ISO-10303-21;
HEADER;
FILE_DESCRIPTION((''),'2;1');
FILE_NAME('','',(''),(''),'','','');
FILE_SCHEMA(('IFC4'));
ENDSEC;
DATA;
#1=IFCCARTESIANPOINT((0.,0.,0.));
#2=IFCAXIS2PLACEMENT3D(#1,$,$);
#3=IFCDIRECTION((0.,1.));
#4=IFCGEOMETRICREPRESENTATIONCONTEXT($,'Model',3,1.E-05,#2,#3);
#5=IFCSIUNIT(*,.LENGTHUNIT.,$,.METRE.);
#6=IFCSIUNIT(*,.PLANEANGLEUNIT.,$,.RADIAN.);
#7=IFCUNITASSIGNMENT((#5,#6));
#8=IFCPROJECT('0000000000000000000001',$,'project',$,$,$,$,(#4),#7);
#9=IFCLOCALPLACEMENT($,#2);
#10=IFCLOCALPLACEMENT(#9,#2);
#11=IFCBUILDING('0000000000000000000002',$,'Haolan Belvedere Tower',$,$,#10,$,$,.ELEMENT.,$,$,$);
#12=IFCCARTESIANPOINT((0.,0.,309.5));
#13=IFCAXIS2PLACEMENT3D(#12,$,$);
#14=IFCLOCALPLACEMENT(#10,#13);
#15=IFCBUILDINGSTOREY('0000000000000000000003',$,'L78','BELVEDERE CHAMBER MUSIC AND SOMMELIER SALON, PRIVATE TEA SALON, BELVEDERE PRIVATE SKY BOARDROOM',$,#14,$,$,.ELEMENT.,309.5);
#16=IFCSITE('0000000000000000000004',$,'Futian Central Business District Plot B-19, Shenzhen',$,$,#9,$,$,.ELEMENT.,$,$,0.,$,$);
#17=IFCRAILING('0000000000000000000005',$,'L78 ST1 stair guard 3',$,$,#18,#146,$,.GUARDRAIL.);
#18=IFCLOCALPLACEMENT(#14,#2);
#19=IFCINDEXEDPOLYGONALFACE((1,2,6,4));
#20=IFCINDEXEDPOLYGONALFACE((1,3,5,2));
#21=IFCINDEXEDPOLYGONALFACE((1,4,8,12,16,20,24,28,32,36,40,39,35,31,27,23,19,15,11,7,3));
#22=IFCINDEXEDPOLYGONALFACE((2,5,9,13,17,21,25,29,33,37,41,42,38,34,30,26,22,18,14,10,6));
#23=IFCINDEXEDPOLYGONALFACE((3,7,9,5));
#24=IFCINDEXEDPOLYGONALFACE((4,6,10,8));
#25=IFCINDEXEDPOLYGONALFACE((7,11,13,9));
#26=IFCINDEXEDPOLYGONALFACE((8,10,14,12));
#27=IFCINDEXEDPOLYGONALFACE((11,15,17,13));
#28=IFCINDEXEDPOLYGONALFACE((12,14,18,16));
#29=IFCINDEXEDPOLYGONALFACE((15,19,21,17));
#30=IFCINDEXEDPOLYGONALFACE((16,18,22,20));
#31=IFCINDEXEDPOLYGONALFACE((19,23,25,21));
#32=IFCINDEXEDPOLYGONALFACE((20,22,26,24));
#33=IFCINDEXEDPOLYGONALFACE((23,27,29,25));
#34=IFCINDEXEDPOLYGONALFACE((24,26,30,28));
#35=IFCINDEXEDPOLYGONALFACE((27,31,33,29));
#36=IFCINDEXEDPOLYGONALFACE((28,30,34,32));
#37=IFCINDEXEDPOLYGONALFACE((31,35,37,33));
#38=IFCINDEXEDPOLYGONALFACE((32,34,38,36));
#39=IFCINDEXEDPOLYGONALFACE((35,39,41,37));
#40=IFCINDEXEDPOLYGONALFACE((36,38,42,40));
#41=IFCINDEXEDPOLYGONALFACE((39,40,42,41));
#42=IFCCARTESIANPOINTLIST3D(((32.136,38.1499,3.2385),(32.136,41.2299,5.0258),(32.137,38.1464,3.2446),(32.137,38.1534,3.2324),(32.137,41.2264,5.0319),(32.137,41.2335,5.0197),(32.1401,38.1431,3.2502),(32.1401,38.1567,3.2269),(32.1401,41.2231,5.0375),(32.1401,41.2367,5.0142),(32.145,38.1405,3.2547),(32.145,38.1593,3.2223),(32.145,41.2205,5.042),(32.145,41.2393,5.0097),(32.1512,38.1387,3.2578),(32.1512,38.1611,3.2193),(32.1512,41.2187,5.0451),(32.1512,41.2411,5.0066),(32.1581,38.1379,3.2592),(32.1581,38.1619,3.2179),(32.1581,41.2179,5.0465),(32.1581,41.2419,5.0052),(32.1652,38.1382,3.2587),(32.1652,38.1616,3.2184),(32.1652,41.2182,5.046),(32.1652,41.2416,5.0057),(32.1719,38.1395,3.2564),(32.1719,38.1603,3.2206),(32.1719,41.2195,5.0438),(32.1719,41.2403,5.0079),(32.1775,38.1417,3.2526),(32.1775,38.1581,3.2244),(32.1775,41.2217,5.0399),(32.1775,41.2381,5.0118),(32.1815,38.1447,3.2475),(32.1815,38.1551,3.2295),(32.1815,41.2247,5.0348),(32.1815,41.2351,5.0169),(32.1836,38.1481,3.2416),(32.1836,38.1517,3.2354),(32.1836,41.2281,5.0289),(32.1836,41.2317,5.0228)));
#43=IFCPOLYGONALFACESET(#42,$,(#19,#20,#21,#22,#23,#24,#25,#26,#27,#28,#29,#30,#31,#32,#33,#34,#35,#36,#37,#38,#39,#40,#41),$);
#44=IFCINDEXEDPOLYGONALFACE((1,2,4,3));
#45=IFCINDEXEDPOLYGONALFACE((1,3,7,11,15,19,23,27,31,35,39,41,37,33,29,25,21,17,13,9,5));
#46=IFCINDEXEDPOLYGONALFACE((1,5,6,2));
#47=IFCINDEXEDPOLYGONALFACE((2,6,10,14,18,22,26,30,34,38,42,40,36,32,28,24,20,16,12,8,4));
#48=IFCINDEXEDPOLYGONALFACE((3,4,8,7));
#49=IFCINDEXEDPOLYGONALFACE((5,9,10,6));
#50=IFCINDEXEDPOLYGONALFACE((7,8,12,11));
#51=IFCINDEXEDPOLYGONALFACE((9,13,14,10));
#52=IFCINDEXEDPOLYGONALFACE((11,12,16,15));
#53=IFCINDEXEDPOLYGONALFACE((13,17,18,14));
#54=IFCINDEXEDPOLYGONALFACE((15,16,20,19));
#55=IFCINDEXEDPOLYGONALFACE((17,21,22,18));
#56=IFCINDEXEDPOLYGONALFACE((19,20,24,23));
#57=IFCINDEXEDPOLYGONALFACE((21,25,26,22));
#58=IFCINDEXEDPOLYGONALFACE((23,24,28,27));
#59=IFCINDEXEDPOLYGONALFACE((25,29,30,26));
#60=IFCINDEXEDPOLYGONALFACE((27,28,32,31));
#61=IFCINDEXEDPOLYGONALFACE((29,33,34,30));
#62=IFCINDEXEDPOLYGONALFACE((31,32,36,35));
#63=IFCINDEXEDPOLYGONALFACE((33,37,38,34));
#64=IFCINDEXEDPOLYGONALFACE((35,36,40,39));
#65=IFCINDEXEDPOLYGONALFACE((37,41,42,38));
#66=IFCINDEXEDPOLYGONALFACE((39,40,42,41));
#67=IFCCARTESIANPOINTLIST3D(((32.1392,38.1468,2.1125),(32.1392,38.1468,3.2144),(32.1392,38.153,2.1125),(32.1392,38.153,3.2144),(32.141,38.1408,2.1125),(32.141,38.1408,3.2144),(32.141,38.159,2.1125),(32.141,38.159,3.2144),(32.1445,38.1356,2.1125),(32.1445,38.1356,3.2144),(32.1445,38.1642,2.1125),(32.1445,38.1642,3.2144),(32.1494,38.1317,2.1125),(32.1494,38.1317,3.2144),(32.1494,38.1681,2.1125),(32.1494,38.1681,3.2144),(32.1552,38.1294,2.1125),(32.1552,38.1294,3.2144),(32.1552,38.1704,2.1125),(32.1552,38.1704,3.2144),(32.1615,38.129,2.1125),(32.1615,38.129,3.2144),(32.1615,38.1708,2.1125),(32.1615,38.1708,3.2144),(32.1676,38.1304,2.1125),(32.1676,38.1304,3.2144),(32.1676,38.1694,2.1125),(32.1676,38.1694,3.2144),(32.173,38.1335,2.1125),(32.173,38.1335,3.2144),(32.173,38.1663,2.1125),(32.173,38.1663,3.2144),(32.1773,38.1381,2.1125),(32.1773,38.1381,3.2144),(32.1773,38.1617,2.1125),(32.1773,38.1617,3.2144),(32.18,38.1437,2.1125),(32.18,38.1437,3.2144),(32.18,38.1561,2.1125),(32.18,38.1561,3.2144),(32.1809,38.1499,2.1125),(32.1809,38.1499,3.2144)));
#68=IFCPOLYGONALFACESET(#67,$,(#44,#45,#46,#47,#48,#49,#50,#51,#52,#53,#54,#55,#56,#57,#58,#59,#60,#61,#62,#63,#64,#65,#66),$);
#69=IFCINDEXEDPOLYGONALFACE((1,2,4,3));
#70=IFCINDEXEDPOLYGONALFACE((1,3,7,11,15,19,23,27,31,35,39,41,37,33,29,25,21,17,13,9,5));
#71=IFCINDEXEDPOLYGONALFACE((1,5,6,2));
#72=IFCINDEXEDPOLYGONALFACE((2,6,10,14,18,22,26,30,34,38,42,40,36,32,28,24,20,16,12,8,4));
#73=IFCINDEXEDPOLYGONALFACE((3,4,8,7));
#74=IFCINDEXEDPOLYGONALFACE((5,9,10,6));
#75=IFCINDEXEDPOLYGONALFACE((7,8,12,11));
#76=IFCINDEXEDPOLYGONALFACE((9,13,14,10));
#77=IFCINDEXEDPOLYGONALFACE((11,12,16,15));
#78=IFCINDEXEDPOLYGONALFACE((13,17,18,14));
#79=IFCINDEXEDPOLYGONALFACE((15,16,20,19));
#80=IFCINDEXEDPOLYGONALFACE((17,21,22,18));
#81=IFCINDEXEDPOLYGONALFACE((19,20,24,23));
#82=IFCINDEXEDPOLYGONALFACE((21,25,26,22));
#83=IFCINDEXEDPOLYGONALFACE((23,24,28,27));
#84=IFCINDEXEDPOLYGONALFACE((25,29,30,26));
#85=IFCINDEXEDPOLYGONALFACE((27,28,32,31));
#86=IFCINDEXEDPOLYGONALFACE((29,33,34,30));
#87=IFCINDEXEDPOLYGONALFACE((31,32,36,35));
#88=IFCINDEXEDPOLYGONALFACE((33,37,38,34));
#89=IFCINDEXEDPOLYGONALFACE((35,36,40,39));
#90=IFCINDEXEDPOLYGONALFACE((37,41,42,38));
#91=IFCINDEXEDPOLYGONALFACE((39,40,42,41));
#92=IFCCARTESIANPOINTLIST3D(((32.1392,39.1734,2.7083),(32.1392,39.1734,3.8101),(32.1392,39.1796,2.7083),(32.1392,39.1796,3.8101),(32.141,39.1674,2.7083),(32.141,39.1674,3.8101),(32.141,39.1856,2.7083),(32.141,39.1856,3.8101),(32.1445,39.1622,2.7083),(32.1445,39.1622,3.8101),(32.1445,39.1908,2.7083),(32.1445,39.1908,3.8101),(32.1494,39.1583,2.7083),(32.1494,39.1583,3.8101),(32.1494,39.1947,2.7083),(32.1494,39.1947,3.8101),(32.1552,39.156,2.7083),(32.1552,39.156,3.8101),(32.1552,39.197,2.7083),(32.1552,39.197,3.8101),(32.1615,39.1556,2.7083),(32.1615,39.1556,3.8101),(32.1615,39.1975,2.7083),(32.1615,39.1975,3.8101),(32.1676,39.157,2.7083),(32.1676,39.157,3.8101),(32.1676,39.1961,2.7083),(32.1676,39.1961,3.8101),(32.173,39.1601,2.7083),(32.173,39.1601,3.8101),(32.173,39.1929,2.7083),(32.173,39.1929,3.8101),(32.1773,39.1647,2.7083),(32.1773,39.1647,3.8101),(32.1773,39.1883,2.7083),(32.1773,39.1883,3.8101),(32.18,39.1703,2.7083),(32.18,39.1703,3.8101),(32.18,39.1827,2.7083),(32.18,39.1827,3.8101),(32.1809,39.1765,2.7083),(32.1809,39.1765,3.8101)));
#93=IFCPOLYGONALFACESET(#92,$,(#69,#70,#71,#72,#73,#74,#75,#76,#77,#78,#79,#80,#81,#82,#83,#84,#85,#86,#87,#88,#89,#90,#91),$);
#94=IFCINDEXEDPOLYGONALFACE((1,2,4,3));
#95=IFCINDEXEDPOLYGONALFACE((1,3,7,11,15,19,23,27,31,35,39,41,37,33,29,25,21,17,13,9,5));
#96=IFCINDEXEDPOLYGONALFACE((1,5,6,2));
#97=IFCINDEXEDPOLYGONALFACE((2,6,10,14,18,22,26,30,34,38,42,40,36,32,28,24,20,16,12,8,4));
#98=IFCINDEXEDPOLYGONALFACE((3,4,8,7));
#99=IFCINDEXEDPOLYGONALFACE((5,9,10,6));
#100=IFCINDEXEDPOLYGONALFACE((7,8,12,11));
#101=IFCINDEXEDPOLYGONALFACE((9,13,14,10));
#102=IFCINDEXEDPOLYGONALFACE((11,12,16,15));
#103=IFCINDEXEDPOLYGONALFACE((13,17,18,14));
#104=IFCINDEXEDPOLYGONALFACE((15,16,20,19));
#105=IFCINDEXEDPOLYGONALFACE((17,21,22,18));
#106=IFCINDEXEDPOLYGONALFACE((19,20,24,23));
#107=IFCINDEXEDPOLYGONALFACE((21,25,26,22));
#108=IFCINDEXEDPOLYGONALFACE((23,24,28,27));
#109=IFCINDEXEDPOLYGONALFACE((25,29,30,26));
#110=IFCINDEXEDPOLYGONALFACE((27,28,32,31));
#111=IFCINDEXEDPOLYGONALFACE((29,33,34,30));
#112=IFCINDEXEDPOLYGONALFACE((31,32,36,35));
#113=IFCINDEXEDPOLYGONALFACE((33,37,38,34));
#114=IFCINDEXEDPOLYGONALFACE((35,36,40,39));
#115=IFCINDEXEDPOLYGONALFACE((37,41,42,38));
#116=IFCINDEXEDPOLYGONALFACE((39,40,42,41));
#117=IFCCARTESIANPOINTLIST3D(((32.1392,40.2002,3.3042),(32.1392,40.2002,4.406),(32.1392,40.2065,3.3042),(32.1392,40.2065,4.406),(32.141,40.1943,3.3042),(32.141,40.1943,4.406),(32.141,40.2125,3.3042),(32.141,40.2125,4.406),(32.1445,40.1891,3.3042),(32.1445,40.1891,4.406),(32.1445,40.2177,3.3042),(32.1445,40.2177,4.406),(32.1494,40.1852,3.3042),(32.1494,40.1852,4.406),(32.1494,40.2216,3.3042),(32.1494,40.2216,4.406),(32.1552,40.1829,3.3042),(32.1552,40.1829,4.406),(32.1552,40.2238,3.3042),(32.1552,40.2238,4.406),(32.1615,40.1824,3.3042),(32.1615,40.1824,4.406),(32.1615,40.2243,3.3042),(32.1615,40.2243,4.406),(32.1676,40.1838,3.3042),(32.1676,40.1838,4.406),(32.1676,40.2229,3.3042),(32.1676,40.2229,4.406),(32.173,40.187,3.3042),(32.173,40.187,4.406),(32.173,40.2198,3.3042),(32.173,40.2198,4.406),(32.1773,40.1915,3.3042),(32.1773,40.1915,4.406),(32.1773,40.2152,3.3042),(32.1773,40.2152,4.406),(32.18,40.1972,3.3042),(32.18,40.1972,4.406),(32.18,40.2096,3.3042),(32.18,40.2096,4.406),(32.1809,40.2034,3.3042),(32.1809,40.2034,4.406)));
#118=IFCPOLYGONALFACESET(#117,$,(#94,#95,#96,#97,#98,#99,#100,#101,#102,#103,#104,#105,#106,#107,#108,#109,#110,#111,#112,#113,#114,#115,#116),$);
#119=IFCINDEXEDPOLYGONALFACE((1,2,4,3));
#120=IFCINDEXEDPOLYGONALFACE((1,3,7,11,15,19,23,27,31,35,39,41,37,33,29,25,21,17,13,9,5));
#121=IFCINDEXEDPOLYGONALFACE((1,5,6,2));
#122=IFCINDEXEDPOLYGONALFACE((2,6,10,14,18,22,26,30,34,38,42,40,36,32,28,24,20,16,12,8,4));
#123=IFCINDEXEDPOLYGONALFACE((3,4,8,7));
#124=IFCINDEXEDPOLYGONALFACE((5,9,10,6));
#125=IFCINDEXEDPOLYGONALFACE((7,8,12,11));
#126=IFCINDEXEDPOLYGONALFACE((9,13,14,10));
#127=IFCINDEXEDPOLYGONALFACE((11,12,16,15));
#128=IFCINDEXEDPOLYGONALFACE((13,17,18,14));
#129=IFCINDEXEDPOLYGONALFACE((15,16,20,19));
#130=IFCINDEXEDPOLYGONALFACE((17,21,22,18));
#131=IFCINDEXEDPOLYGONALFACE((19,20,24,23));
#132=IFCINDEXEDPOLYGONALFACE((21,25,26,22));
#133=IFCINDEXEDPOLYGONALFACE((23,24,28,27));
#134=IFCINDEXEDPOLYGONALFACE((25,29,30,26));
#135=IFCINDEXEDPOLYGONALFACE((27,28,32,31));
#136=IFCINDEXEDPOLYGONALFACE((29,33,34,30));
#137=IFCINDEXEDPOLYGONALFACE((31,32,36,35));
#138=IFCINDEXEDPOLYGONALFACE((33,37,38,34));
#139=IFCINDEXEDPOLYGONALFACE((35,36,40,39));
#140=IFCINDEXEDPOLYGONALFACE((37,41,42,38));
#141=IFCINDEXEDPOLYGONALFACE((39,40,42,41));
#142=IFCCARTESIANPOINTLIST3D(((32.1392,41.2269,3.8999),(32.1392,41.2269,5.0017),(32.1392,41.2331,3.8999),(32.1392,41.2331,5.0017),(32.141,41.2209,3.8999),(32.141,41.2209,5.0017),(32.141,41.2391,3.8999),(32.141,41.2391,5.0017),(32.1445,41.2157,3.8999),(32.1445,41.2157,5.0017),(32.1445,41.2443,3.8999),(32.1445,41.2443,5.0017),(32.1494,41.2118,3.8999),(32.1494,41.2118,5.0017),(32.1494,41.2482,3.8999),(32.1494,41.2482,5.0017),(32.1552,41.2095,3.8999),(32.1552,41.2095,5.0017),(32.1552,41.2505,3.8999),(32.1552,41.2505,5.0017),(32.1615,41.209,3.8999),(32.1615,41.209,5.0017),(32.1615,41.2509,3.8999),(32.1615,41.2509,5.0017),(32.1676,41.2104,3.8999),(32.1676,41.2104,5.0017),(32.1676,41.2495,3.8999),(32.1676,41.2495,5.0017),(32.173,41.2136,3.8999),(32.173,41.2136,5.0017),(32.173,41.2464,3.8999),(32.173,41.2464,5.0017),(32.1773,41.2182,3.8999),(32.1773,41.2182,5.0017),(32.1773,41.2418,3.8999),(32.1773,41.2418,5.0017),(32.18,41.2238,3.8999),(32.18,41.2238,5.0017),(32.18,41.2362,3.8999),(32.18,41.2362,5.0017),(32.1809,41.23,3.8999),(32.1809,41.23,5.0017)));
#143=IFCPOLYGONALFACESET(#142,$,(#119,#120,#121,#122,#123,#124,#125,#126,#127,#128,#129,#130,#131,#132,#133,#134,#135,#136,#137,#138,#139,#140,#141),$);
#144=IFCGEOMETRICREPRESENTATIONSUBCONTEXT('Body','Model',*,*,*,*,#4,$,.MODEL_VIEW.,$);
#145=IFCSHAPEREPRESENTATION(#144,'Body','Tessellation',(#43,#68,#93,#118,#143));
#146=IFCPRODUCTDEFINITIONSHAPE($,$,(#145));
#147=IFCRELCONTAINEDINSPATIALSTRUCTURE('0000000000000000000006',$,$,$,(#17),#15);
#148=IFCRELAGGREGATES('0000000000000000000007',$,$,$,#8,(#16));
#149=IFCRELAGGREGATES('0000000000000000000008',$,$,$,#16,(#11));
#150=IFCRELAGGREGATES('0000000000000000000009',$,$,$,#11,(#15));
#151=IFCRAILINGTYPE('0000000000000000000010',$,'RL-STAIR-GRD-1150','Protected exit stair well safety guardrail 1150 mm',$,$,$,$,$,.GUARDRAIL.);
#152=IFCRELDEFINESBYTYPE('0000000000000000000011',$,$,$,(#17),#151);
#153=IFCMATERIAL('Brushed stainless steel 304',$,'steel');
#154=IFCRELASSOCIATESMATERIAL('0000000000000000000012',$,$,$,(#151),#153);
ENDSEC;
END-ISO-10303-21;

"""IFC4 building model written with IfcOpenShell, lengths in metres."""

from ifc_helpers import new_model, si_unit, direction, frame, origin, origin_2d, place, context, subcontext, project, spatial, circle, extrude, material, type_object, element, save


model = new_model("IFC4")

# Units and contexts
model_context = context("Model", 3, precision=1e-05, world=origin(), true_north=direction((0.0, 1.0)))
body_context = subcontext(model_context, "Body", "Model", "MODEL_VIEW")
ifc_project = project(units=[si_unit("LENGTHUNIT", "METRE"), si_unit("PLANEANGLEUNIT", "RADIAN")], contexts=[model_context])

# Site, building, storey
site_placement = place(None, origin())
site = spatial("IfcSite", under=ifc_project, at=site_placement, Name="Futian Central Business District Plot B-19, Shenzhen", CompositionType="ELEMENT", RefElevation=0.0)
building_placement = place(site_placement, origin())
building = spatial("IfcBuilding", under=site, at=building_placement, Name="Haolan Belvedere Tower", CompositionType="ELEMENT")
storey_placement = place(building_placement, frame((0.0, 0.0, 309.5)))
storey = spatial("IfcBuildingStorey", under=building, at=storey_placement, Name="L78", Description="BELVEDERE CHAMBER MUSIC AND SOMMELIER SALON, PRIVATE TEA SALON, BELVEDERE PRIVATE SKY BOARDROOM", CompositionType="ELEMENT", Elevation=309.5)

# Railing
ifc_material_1 = material(Name="Brushed stainless steel 304", Category="steel")
railing_type_1 = type_object("IfcRailingType", Name="RL-STAIR-GRD-1150", Description="Protected exit stair well safety guardrail 1150 mm", PredefinedType="GUARDRAIL", material=ifc_material_1)
railing_1_placement = place(storey_placement, frame((32.1599, 38.1499, 2.1125)))
element("IfcRailing", 1, at=railing_1_placement, inside=storey, type_object=railing_type_1, Name="L78 ST1 stair guard 3", PredefinedType="GUARDRAIL", context=body_context, shape_type="SweptSolid", body=[
    extrude(circle(Radius=0.0239, at=origin_2d()), frame((0.0, 0.0, 1.126), z_axis=(0.0, 0.86492, 0.501909), x_axis=(-1.0, 0.0, 0.0)), (0.0, 0.0, 1.0), 3.561),
    extrude(circle(Radius=0.021, at=origin_2d()), origin(), (0.0, 0.0, 1.0), 1.1018),
    extrude(circle(Radius=0.021, at=origin_2d()), frame((0.0, 1.0266, 0.5957)), (0.0, 0.0, 1.0), 1.1018),
    extrude(circle(Radius=0.021, at=origin_2d()), frame((0.0, 2.0535, 1.1917)), (0.0, 0.0, 1.0), 1.1018),
    extrude(circle(Radius=0.021, at=origin_2d()), frame((0.0, 3.0801, 1.7874)), (0.0, 0.0, 1.0), 1.1018),
])

save(model, "model.ifc")
